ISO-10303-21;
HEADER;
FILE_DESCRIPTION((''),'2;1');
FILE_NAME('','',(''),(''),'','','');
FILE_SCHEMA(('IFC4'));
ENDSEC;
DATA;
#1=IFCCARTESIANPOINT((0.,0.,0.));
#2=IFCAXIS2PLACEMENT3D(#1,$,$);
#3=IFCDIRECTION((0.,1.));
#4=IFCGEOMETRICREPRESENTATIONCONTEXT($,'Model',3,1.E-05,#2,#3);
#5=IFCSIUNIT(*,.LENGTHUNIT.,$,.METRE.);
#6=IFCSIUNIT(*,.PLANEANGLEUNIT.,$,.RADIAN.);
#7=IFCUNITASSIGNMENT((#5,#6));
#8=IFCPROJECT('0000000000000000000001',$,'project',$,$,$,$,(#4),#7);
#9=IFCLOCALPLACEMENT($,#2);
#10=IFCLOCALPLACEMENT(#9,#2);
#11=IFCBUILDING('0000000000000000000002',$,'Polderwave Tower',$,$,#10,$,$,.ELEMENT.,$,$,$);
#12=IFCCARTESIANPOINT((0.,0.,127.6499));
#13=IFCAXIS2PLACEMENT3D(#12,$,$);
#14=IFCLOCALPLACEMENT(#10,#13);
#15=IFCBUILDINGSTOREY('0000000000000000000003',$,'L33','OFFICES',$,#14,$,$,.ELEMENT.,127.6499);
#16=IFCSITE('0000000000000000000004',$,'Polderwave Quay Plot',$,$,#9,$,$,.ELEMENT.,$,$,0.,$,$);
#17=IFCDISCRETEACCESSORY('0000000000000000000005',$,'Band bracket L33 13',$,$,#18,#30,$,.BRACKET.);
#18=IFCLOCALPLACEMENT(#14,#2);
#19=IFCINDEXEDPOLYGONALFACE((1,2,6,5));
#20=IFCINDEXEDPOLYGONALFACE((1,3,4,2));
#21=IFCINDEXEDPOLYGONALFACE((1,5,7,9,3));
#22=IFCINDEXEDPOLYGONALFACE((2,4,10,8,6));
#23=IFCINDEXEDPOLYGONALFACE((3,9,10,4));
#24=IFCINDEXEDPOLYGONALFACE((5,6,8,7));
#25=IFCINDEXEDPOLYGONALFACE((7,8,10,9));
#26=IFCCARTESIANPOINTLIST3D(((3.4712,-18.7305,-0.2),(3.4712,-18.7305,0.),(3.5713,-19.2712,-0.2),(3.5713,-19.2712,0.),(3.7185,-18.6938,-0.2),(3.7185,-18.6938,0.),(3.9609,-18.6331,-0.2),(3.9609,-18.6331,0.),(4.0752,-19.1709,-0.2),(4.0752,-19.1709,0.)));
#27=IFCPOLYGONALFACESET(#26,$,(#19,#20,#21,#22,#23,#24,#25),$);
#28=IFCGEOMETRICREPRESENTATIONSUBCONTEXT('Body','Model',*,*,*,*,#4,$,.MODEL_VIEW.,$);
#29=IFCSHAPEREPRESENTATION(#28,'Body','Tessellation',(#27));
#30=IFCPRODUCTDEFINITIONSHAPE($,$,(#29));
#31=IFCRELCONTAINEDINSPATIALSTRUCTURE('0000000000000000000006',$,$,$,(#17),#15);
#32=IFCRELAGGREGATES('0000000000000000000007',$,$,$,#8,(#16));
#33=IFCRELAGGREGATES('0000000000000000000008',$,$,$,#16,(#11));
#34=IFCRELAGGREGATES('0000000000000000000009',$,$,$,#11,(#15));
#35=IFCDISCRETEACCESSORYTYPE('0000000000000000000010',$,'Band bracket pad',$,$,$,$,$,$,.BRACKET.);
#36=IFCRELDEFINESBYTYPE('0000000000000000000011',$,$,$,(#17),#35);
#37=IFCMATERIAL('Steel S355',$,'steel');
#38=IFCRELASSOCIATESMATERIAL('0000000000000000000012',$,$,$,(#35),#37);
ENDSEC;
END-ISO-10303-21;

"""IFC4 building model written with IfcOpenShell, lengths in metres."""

from ifc_helpers import new_model, si_unit, direction, frame, origin, place, context, subcontext, project, spatial, polyline, outline, extrude, material, type_object, element, save


model = new_model("IFC4")

# Units and contexts
model_context = context("Model", 3, precision=1e-05, world=origin(), true_north=direction((0.0, 1.0)))
body_context = subcontext(model_context, "Body", "Model", "MODEL_VIEW")
ifc_project = project(units=[si_unit("LENGTHUNIT", "METRE"), si_unit("PLANEANGLEUNIT", "RADIAN")], contexts=[model_context])

# Site, building, storey
site_placement = place(None, origin())
site = spatial("IfcSite", under=ifc_project, at=site_placement, Name="Polderwave Quay Plot", CompositionType="ELEMENT", RefElevation=0.0)
building_placement = place(site_placement, origin())
building = spatial("IfcBuilding", under=site, at=building_placement, Name="Polderwave Tower", CompositionType="ELEMENT")
storey_placement = place(building_placement, frame((0.0, 0.0, 127.6499)))
storey = spatial("IfcBuildingStorey", under=building, at=storey_placement, Name="L33", Description="OFFICES", CompositionType="ELEMENT", Elevation=127.6499)

# Discrete accessory
ifc_material_1 = material(Name="Steel S355", Category="steel")
discrete_accessory_type = type_object("IfcDiscreteAccessoryType", Name="Band bracket pad", PredefinedType="BRACKET", material=ifc_material_1)
discrete_accessory_placement = place(storey_placement, frame((0.0, 0.0, -0.2)))
element("IfcDiscreteAccessory", 1, at=discrete_accessory_placement, inside=storey, type_object=discrete_accessory_type, Name="Band bracket L33 13", PredefinedType="BRACKET", context=body_context, shape_type="SweptSolid", body=[
    extrude(outline(polyline([(3.4712, -18.7305), (3.7185, -18.6938), (3.9609, -18.6331), (4.0752, -19.1709), (3.5713, -19.2712), (3.4712, -18.7305)])), origin(), (0.0, 0.0, 1.0), 0.2),
])

save(model, "model.ifc")
